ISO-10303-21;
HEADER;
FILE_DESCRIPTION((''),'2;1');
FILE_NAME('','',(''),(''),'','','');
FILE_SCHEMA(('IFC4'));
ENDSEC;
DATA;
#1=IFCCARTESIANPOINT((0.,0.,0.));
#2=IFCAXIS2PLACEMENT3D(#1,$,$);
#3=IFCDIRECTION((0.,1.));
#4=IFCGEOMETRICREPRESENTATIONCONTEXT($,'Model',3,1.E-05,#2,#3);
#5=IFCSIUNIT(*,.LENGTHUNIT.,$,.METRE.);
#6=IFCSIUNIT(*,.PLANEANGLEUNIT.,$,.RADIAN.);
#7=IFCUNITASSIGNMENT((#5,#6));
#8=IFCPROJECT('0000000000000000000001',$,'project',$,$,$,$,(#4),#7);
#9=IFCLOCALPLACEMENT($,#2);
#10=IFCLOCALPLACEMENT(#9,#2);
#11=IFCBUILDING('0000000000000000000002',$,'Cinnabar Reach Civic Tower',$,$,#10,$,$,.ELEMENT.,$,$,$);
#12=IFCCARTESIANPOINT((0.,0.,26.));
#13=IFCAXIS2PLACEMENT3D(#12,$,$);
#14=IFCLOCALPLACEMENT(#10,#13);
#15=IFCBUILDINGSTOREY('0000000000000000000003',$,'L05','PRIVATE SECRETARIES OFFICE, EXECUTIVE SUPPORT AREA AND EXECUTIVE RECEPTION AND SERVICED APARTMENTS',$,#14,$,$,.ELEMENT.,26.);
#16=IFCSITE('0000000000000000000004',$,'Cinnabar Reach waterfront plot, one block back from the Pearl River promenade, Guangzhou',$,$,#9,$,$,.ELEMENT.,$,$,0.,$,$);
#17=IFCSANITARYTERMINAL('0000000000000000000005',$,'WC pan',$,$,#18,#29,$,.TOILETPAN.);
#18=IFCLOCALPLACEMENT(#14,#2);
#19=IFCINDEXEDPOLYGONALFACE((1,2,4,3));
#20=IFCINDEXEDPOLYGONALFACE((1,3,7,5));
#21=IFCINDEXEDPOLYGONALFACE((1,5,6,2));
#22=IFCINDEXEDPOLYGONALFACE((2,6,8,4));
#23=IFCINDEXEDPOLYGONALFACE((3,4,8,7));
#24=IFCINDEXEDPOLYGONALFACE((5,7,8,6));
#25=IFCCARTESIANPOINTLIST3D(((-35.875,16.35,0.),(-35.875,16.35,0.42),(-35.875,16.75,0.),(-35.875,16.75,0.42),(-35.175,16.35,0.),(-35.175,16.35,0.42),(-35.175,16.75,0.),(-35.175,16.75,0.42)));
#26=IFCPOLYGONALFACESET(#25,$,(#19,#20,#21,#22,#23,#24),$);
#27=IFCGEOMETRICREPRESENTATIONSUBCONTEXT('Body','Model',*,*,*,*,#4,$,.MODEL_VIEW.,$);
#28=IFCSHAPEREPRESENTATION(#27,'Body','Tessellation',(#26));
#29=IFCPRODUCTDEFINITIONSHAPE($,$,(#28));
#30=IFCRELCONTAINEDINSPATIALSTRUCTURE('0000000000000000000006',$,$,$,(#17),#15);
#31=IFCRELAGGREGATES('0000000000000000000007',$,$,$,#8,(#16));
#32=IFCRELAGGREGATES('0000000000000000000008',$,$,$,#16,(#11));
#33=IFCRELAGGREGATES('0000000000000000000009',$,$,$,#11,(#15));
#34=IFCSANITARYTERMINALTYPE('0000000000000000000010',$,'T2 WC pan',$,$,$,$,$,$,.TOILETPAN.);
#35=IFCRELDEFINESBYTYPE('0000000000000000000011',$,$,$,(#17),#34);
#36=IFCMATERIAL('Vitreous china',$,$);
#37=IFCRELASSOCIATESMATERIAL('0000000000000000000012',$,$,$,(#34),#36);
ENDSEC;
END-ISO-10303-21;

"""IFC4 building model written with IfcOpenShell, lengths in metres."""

from ifc_helpers import new_model, si_unit, direction, frame, origin, origin_2d, place, context, subcontext, project, spatial, rectangle, extrude, material, type_object, element, save


model = new_model("IFC4")

# Units and contexts
model_context = context("Model", 3, precision=1e-05, world=origin(), true_north=direction((0.0, 1.0)))
body_context = subcontext(model_context, "Body", "Model", "MODEL_VIEW")
ifc_project = project(units=[si_unit("LENGTHUNIT", "METRE"), si_unit("PLANEANGLEUNIT", "RADIAN")], contexts=[model_context])

# Site, building, storey
site_placement = place(None, origin())
site = spatial("IfcSite", under=ifc_project, at=site_placement, Name="Cinnabar Reach waterfront plot, one block back from the Pearl River promenade, Guangzhou", CompositionType="ELEMENT", RefElevation=0.0)
building_placement = place(site_placement, origin())
building = spatial("IfcBuilding", under=site, at=building_placement, Name="Cinnabar Reach Civic Tower", CompositionType="ELEMENT")
storey_placement = place(building_placement, frame((0.0, 0.0, 26.0)))
storey = spatial("IfcBuildingStorey", under=building, at=storey_placement, Name="L05", Description="PRIVATE SECRETARIES OFFICE, EXECUTIVE SUPPORT AREA AND EXECUTIVE RECEPTION AND SERVICED APARTMENTS", CompositionType="ELEMENT", Elevation=26.0)

# Sanitary terminal
ifc_material_1 = material(Name="Vitreous china")
sanitary_terminal_type_1 = type_object("IfcSanitaryTerminalType", Name="T2 WC pan", PredefinedType="TOILETPAN", material=ifc_material_1)
sanitary_terminal_placement = place(storey_placement, frame((-35.525, 16.55, 0.0), z_axis=(0.0, 0.0, 1.0), x_axis=(1.0, 0.0, 0.0)))
element("IfcSanitaryTerminal", 1, at=sanitary_terminal_placement, inside=storey, type_object=sanitary_terminal_type_1, Name="WC pan", PredefinedType="TOILETPAN", context=body_context, shape_type="SweptSolid", body=[
    extrude(rectangle(XDim=0.7, YDim=0.4, at=origin_2d()), origin(), (0.0, 0.0, 1.0), 0.42),
])

save(model, "model.ifc")
